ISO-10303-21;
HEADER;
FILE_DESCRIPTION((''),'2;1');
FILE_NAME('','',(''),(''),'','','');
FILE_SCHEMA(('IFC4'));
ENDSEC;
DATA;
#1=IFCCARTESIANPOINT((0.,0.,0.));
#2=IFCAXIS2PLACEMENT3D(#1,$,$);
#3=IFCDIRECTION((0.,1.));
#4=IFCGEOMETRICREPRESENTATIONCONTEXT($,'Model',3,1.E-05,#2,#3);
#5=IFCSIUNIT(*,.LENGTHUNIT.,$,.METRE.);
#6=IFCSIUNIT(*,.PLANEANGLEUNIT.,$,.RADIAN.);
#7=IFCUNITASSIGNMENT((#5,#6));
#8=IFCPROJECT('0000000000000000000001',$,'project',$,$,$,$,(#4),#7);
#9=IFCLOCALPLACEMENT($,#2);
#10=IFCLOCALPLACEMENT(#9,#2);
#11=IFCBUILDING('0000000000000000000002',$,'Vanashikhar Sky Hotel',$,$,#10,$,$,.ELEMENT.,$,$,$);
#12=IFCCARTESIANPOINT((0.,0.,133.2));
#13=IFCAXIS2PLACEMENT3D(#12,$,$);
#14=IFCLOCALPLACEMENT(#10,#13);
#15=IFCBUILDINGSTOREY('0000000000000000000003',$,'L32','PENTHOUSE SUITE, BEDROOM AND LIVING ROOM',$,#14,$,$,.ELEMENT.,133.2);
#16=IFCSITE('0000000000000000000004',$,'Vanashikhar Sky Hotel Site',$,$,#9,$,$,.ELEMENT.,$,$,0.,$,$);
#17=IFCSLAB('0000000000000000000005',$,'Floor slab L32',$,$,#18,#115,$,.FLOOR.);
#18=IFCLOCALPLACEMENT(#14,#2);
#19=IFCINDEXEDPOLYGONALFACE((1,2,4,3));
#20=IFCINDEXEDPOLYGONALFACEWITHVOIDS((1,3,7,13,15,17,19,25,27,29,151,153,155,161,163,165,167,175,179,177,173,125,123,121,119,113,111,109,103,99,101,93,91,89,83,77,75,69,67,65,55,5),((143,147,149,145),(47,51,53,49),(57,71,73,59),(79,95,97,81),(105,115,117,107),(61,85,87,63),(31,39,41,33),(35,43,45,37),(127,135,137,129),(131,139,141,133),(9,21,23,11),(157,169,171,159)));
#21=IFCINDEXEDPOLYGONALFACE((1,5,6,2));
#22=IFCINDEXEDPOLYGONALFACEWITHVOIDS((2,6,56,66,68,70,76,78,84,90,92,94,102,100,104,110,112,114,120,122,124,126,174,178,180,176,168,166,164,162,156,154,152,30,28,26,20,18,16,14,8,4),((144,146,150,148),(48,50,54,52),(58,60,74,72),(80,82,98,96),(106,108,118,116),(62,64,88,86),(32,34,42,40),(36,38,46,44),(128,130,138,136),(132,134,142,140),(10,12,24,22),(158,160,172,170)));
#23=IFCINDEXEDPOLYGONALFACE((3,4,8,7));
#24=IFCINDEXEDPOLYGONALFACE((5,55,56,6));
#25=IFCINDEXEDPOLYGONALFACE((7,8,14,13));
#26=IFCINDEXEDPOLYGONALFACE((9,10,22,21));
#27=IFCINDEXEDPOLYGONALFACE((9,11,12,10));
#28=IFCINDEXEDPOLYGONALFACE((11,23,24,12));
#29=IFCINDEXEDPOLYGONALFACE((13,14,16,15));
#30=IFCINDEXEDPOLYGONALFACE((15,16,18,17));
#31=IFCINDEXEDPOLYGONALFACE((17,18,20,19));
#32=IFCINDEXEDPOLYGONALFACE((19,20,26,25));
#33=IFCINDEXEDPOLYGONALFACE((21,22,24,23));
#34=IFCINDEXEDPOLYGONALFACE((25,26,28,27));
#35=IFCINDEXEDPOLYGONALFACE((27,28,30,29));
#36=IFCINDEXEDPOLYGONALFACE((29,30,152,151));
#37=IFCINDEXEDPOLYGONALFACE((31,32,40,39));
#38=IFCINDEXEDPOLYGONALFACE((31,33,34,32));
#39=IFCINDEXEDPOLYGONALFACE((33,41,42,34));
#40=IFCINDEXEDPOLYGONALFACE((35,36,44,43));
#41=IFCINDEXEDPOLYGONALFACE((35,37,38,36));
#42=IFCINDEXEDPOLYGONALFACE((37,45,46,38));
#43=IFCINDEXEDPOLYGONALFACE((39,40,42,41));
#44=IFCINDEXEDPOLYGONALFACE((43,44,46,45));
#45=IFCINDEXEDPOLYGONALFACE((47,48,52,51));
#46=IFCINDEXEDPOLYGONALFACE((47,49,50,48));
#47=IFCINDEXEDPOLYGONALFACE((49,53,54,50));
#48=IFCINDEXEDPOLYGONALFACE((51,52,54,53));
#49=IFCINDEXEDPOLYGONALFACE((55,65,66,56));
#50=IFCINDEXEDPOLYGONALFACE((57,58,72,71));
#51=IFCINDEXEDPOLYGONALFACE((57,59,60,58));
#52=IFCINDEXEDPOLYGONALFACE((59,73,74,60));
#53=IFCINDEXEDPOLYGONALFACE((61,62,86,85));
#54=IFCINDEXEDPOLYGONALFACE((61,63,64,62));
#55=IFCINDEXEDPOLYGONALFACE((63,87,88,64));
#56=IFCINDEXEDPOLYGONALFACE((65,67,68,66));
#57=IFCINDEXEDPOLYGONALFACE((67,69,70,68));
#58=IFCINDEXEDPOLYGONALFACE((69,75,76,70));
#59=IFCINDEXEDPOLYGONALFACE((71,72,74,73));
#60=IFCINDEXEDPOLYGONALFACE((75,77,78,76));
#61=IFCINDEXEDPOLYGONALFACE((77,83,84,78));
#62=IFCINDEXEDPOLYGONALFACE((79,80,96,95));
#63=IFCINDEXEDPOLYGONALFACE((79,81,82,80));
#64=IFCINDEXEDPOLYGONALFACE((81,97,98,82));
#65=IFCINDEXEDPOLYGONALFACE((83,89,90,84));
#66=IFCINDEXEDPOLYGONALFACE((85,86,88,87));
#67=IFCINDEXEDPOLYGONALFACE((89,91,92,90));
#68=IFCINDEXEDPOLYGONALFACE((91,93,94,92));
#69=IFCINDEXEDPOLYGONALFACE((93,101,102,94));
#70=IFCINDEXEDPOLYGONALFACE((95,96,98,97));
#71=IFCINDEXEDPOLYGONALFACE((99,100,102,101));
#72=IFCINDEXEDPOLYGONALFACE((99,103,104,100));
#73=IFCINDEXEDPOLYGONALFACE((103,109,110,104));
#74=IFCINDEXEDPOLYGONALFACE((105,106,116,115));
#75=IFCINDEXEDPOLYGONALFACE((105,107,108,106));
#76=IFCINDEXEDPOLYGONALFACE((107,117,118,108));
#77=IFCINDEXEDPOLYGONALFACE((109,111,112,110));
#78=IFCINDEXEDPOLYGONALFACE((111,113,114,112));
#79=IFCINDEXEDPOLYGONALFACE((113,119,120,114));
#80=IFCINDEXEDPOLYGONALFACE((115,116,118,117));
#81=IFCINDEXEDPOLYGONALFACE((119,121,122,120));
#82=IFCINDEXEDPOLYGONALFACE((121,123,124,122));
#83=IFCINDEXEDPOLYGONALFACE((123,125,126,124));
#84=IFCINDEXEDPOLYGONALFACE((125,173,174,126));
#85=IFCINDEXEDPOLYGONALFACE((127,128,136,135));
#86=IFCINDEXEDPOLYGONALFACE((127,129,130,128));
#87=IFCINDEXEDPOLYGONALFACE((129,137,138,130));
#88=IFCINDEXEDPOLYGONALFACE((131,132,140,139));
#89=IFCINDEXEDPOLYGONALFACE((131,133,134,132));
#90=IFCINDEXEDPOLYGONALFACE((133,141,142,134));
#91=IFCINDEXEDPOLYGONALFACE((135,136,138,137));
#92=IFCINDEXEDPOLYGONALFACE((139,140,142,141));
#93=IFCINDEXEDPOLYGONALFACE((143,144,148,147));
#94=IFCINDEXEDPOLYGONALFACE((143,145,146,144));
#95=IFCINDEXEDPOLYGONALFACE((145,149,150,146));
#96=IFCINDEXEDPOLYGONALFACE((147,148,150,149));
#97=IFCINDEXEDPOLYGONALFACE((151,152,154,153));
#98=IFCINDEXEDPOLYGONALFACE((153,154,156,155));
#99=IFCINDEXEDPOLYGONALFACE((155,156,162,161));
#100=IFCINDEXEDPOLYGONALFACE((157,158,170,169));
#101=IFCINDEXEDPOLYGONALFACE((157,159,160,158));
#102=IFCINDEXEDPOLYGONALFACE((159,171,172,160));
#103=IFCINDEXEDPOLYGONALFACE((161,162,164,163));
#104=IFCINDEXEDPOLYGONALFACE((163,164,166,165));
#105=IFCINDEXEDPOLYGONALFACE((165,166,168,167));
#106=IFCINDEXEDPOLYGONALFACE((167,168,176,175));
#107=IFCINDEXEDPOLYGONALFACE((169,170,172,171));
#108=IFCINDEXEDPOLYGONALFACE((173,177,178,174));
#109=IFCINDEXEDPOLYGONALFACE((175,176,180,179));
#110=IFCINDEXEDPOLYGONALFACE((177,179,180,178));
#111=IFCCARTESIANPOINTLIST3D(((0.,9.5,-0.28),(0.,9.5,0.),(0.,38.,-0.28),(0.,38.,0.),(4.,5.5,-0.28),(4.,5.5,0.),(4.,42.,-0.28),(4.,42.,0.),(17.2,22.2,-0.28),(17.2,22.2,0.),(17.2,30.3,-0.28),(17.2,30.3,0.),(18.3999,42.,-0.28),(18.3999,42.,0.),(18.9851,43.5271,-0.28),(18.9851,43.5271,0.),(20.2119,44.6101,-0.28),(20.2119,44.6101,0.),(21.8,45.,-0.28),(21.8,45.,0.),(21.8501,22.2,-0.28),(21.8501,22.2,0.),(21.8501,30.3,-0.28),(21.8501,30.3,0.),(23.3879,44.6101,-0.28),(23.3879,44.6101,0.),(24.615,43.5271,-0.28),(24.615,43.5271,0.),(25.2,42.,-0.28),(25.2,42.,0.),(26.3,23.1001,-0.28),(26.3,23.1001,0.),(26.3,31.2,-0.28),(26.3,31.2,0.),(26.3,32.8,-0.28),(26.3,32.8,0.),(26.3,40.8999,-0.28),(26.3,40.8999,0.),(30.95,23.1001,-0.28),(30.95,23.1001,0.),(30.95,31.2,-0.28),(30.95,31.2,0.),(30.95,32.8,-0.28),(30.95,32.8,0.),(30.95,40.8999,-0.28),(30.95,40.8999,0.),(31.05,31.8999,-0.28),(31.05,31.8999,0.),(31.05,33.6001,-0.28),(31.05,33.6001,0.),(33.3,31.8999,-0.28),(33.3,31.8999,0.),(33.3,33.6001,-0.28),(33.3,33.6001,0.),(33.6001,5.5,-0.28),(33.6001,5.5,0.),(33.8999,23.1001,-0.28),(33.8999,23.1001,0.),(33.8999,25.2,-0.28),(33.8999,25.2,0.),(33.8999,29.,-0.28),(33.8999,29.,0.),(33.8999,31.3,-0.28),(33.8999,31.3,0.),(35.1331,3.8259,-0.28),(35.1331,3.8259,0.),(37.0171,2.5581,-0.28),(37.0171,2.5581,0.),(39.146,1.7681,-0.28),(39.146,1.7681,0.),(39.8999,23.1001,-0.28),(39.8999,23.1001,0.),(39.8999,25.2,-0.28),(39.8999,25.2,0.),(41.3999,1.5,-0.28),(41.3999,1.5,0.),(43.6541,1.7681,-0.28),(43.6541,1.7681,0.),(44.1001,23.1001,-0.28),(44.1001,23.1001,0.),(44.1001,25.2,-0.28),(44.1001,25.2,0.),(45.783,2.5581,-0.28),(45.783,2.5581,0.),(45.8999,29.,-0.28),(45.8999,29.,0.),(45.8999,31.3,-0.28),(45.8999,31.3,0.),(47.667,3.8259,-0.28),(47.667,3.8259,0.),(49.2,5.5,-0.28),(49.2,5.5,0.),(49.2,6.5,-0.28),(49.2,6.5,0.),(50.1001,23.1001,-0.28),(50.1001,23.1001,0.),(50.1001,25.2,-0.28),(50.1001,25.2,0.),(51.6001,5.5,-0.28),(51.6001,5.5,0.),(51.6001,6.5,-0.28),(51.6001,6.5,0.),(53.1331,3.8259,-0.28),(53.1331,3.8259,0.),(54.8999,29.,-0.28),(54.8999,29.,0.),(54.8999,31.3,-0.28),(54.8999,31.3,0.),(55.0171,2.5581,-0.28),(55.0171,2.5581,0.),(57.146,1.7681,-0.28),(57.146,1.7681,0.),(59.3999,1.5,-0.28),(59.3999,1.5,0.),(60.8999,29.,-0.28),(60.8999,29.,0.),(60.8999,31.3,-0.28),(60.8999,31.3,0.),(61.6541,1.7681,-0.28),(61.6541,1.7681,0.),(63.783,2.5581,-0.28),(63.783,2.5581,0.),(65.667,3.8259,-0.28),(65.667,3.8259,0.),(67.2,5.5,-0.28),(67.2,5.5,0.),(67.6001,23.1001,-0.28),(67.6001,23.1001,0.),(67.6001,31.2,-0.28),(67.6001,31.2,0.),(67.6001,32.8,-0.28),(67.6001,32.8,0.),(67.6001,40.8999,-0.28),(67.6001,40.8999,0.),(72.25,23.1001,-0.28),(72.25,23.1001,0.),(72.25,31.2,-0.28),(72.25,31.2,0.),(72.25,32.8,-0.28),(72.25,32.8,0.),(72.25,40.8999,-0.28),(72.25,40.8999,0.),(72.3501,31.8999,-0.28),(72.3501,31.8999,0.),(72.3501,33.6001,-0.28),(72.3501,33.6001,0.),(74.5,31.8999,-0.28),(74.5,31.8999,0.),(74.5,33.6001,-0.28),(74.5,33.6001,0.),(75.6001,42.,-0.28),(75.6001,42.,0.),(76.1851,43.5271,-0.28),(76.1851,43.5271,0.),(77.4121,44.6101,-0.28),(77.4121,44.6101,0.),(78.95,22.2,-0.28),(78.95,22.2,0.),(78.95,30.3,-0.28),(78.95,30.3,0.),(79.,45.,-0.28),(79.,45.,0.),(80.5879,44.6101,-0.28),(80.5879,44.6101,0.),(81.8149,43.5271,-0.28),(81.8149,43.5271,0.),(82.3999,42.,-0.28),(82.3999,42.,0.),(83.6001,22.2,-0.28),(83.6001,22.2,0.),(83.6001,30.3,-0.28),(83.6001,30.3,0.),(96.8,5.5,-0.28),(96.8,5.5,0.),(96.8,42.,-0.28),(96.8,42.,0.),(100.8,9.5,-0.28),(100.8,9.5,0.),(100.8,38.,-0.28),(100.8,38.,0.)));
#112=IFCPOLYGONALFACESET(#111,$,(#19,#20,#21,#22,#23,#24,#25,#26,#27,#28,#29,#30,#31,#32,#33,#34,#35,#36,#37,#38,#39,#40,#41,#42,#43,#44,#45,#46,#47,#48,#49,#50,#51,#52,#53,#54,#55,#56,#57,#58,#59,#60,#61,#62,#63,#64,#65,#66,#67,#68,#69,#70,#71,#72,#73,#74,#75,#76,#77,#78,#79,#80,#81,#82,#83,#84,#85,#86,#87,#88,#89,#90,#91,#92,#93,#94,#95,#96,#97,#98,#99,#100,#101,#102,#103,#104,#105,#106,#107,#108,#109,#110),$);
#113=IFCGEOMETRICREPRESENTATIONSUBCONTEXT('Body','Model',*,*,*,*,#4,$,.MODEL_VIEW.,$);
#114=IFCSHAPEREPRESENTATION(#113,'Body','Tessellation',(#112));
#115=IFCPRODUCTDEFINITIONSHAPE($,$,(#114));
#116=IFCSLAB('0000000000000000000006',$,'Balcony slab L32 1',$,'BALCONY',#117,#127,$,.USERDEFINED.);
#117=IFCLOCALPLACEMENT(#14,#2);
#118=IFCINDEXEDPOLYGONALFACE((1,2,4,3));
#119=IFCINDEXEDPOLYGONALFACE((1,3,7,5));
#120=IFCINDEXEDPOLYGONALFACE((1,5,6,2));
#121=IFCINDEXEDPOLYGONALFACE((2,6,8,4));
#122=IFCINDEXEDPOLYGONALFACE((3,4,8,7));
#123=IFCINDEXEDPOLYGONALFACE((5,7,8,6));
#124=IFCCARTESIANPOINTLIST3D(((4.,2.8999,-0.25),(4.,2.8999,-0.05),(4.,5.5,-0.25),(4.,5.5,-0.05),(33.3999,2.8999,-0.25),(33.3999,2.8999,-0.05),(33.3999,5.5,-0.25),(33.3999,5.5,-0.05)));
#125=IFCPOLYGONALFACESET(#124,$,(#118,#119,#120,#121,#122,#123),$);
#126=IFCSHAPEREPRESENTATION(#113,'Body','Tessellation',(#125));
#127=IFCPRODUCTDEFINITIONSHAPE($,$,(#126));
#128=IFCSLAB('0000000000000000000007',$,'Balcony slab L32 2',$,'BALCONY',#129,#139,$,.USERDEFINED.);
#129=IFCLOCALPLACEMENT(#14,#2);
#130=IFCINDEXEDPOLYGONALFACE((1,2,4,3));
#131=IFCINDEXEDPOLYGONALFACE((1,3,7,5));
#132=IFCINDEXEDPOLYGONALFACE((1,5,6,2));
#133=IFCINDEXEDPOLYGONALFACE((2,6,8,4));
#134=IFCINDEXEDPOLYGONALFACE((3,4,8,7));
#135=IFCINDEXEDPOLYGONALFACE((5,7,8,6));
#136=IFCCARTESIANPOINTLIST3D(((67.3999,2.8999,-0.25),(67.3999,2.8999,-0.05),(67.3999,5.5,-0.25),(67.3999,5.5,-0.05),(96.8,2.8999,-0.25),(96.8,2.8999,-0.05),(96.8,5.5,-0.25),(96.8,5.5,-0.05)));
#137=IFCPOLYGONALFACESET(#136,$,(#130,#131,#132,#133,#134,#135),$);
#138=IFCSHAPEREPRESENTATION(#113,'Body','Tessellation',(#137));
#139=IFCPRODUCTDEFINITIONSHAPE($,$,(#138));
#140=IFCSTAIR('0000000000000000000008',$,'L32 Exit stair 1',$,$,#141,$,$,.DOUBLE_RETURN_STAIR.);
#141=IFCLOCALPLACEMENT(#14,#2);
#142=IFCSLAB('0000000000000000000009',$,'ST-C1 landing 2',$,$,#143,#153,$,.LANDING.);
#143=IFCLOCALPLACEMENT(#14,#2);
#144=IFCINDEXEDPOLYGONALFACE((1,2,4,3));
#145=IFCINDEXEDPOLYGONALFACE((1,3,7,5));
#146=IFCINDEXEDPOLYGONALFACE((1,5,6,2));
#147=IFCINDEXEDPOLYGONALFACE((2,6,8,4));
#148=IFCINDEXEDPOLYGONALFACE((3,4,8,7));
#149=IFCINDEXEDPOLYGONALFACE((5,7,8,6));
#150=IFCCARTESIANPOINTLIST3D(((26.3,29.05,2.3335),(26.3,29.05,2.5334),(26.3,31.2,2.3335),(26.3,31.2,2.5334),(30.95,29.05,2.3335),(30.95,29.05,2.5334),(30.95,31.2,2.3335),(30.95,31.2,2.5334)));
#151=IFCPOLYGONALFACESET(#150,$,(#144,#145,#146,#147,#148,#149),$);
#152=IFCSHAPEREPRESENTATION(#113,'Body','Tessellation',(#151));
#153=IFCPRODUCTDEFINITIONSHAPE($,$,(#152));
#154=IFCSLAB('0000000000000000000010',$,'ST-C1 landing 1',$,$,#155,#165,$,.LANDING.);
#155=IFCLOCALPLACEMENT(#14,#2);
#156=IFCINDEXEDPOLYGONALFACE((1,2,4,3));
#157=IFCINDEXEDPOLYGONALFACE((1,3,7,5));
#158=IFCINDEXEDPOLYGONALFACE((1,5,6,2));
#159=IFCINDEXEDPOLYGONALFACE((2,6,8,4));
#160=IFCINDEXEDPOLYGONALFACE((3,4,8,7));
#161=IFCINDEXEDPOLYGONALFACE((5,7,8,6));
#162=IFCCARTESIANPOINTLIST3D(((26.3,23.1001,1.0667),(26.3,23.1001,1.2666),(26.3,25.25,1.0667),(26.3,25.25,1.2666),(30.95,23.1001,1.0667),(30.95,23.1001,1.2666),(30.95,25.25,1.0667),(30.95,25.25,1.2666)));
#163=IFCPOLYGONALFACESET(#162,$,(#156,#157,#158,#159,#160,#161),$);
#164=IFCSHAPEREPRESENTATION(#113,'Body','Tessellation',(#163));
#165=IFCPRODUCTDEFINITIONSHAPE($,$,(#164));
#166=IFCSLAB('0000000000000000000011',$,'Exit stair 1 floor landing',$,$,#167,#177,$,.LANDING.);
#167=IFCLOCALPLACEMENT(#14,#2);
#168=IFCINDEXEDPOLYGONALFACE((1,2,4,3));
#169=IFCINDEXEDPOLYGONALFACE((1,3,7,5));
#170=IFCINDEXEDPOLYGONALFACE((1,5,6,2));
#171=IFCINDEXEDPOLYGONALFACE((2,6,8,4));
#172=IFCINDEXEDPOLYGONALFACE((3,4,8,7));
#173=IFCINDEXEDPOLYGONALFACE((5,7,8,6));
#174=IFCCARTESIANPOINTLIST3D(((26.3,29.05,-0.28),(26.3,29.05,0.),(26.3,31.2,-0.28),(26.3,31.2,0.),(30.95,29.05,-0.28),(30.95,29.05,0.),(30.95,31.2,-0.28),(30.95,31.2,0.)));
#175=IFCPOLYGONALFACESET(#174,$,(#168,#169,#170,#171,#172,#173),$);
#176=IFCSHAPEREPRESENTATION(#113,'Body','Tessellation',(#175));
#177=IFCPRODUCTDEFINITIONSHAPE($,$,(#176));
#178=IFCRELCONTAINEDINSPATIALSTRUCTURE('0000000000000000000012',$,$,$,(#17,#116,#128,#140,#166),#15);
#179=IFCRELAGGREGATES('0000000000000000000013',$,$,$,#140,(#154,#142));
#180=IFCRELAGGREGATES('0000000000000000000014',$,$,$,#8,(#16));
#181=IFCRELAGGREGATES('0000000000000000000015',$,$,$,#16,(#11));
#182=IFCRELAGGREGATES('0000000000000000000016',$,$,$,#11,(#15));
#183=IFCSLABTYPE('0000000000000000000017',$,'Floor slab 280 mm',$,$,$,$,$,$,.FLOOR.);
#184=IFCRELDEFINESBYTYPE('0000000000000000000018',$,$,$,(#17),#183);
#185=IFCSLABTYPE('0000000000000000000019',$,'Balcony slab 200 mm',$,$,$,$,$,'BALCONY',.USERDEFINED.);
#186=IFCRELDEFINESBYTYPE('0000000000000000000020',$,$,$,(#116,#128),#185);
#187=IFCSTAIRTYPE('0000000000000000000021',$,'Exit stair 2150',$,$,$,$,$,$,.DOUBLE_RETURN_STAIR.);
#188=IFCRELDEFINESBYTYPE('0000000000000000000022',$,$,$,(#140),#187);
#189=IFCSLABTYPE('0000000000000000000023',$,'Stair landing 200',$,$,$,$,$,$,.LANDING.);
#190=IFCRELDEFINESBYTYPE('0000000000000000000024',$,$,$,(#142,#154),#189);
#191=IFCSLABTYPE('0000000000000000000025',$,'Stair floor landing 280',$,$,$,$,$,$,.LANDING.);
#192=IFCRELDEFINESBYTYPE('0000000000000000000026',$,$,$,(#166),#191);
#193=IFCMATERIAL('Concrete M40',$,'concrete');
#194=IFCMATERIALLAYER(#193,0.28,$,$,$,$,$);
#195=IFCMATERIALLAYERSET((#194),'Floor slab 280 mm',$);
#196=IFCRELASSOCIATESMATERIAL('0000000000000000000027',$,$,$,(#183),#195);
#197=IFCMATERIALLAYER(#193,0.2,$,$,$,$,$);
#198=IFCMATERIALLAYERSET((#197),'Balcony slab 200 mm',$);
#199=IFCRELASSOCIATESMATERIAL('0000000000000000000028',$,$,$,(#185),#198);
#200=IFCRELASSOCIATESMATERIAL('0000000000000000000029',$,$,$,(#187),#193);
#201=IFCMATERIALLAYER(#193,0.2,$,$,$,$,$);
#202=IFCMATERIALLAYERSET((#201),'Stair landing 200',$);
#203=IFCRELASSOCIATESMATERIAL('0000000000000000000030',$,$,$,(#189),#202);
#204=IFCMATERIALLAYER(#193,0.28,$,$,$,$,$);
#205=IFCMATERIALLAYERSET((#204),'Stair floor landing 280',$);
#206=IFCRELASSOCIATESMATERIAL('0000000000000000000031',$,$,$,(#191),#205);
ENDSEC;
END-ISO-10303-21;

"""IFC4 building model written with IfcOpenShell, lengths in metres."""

from ifc_helpers import new_model, si_unit, direction, frame, origin, place, context, subcontext, project, spatial, polyline, outline, extrude, source, transform, mapped, material, layer, layer_set, type_object, element, aggregate, save


model = new_model("IFC4")

# Units and contexts
model_context = context("Model", 3, precision=1e-05, world=origin(), true_north=direction((0.0, 1.0)))
body_context = subcontext(model_context, "Body", "Model", "MODEL_VIEW")
ifc_project = project(units=[si_unit("LENGTHUNIT", "METRE"), si_unit("PLANEANGLEUNIT", "RADIAN")], contexts=[model_context])

# Site, building, storey
site_placement = place(None, origin())
site = spatial("IfcSite", under=ifc_project, at=site_placement, Name="Vanashikhar Sky Hotel Site", CompositionType="ELEMENT", RefElevation=0.0)
building_placement = place(site_placement, origin())
building = spatial("IfcBuilding", under=site, at=building_placement, Name="Vanashikhar Sky Hotel", CompositionType="ELEMENT")
storey_placement = place(building_placement, frame((0.0, 0.0, 133.2)))
storey = spatial("IfcBuildingStorey", under=building, at=storey_placement, Name="L32", Description="PENTHOUSE SUITE, BEDROOM AND LIVING ROOM", CompositionType="ELEMENT", Elevation=133.2)

# Slabs
ifc_material_1 = material(Name="Concrete M40", Category="concrete")
ifc_layer_1 = layer(ifc_material_1, 0.28)
ifc_layer_set_1 = layer_set([ifc_layer_1], Name="Floor slab 280 mm")
slab_type_1 = type_object("IfcSlabType", Name="Floor slab 280 mm", PredefinedType="FLOOR", material=ifc_layer_set_1)
shared_shape_1 = source(origin(), body_context, "Body", "SweptSolid", [
    extrude(outline(polyline([(49.2, 5.5), (49.2, 6.5), (51.6001, 6.5), (51.6001, 5.5), (53.1331, 3.8259), (55.0171, 2.5581), (57.146, 1.7681), (59.3999, 1.5), (61.6541, 1.7681), (63.783, 2.5581), (65.667, 3.8259), (67.2, 5.5), (96.8, 5.5), (100.8, 9.5), (100.8, 38.0), (96.8, 42.0), (82.3999, 42.0), (81.8149, 43.5271), (80.5879, 44.6101), (79.0, 45.0), (77.4121, 44.6101), (76.1851, 43.5271), (75.6001, 42.0), (25.2, 42.0), (24.615, 43.5271), (23.3879, 44.6101), (21.8, 45.0), (20.2119, 44.6101), (18.9851, 43.5271), (18.3999, 42.0), (4.0, 42.0), (0.0, 38.0), (0.0, 9.5), (4.0, 5.5), (33.6001, 5.5), (35.1331, 3.8259), (37.0171, 2.5581), (39.146, 1.7681), (41.3999, 1.5), (43.6541, 1.7681), (45.783, 2.5581), (47.667, 3.8259), (49.2, 5.5)]), holes=[polyline([(33.3, 33.6001), (31.05, 33.6001), (31.05, 31.8999), (33.3, 31.8999), (33.3, 33.6001)]), polyline([(33.8999, 25.2), (33.8999, 23.1001), (39.8999, 23.1001), (39.8999, 25.2), (33.8999, 25.2)]), polyline([(33.8999, 31.3), (33.8999, 29.0), (45.8999, 29.0), (45.8999, 31.3), (33.8999, 31.3)]), polyline([(44.1001, 25.2), (44.1001, 23.1001), (50.1001, 23.1001), (50.1001, 25.2), (44.1001, 25.2)]), polyline([(54.8999, 31.3), (54.8999, 29.0), (60.8999, 29.0), (60.8999, 31.3), (54.8999, 31.3)]), polyline([(74.5, 33.6001), (72.3501, 33.6001), (72.3501, 31.8999), (74.5, 31.8999), (74.5, 33.6001)]), polyline([(30.95, 23.1001), (30.95, 31.2), (26.3, 31.2), (26.3, 23.1001), (30.95, 23.1001)]), polyline([(72.25, 23.1001), (72.25, 31.2), (67.6001, 31.2), (67.6001, 23.1001), (72.25, 23.1001)]), polyline([(30.95, 32.8), (30.95, 40.8999), (26.3, 40.8999), (26.3, 32.8), (30.95, 32.8)]), polyline([(72.25, 32.8), (72.25, 40.8999), (67.6001, 40.8999), (67.6001, 32.8), (72.25, 32.8)]), polyline([(83.6001, 22.2), (83.6001, 30.3), (78.95, 30.3), (78.95, 22.2), (83.6001, 22.2)]), polyline([(21.8501, 22.2), (21.8501, 30.3), (17.2, 30.3), (17.2, 22.2), (21.8501, 22.2)])]), origin(), (0.0, 0.0, 1.0), 0.28),
])
slab_1_placement = place(storey_placement, frame((0.0, 0.0, -0.28)))
element("IfcSlab", 1, at=slab_1_placement, inside=storey, type_object=slab_type_1, Name="Floor slab L32", PredefinedType="FLOOR", context=body_context, shape_type="MappedRepresentation", body=[
    mapped(shared_shape_1, transform((0.0, 0.0, 0.0), scale=1.0)),
])
ifc_layer_2 = layer(ifc_material_1, 0.2)
ifc_layer_set_2 = layer_set([ifc_layer_2], Name="Balcony slab 200 mm")
slab_type_2 = type_object("IfcSlabType", Name="Balcony slab 200 mm", ElementType="BALCONY", PredefinedType="USERDEFINED", material=ifc_layer_set_2)
shared_shape_2 = source(origin(), body_context, "Body", "SweptSolid", [
    extrude(outline(polyline([(4.0, 2.8999), (33.3999, 2.8999), (33.3999, 5.5), (4.0, 5.5), (4.0, 2.8999)])), origin(), (0.0, 0.0, 1.0), 0.2),
])
slab_2_placement = place(storey_placement, frame((0.0, 0.0, -0.25)))
element("IfcSlab", 2, at=slab_2_placement, inside=storey, type_object=slab_type_2, Name="Balcony slab L32 1", ObjectType="BALCONY", PredefinedType="USERDEFINED", context=body_context, shape_type="MappedRepresentation", body=[
    mapped(shared_shape_2, transform((0.0, 0.0, 0.0), scale=1.0)),
])
shared_shape_3 = source(origin(), body_context, "Body", "SweptSolid", [
    extrude(outline(polyline([(67.3999, 2.8999), (96.8, 2.8999), (96.8, 5.5), (67.3999, 5.5), (67.3999, 2.8999)])), origin(), (0.0, 0.0, 1.0), 0.2),
])
slab_3_placement = place(storey_placement, frame((0.0, 0.0, -0.25)))
element("IfcSlab", 3, at=slab_3_placement, inside=storey, type_object=slab_type_2, Name="Balcony slab L32 2", ObjectType="BALCONY", PredefinedType="USERDEFINED", context=body_context, shape_type="MappedRepresentation", body=[
    mapped(shared_shape_3, transform((0.0, 0.0, 0.0), scale=1.0)),
])

# Stair, slabs
stair_type = type_object("IfcStairType", Name="Exit stair 2150", PredefinedType="DOUBLE_RETURN_STAIR", material=ifc_material_1)
stair_1_placement = place(storey_placement, origin())
stair_1 = element("IfcStair", 4, at=stair_1_placement, inside=storey, type_object=stair_type, Name="L32 Exit stair 1", PredefinedType="DOUBLE_RETURN_STAIR")
ifc_layer_3 = layer(ifc_material_1, 0.2)
ifc_layer_set_3 = layer_set([ifc_layer_3], Name="Stair landing 200")
slab_type_3 = type_object("IfcSlabType", Name="Stair landing 200", PredefinedType="LANDING", material=ifc_layer_set_3)
shared_shape_4 = source(origin(), body_context, "Body", "SweptSolid", [
    extrude(outline(polyline([(30.95, 29.05), (30.95, 31.2), (26.3, 31.2), (26.3, 29.05), (30.95, 29.05)])), origin(), (0.0, 0.0, 1.0), 0.2),
])
slab_4_placement = place(storey_placement, frame((0.0, 0.0, 2.3335)))
slab_4 = element("IfcSlab", 5, at=slab_4_placement, type_object=slab_type_3, Name="ST-C1 landing 2", PredefinedType="LANDING", context=body_context, shape_type="MappedRepresentation", body=[
    mapped(shared_shape_4, transform((0.0, 0.0, 0.0), scale=1.0)),
])
shared_shape_5 = source(origin(), body_context, "Body", "SweptSolid", [
    extrude(outline(polyline([(30.95, 23.1001), (30.95, 25.25), (26.3, 25.25), (26.3, 23.1001), (30.95, 23.1001)])), origin(), (0.0, 0.0, 1.0), 0.2),
])
slab_5_placement = place(storey_placement, frame((0.0, 0.0, 1.0667)))
slab_5 = element("IfcSlab", 6, at=slab_5_placement, type_object=slab_type_3, Name="ST-C1 landing 1", PredefinedType="LANDING", context=body_context, shape_type="MappedRepresentation", body=[
    mapped(shared_shape_5, transform((0.0, 0.0, 0.0), scale=1.0)),
])
aggregate(stair_1, [slab_5, slab_4])

# Slab
ifc_layer_4 = layer(ifc_material_1, 0.28)
ifc_layer_set_4 = layer_set([ifc_layer_4], Name="Stair floor landing 280")
slab_type_4 = type_object("IfcSlabType", Name="Stair floor landing 280", PredefinedType="LANDING", material=ifc_layer_set_4)
shared_shape_6 = source(origin(), body_context, "Body", "SweptSolid", [
    extrude(outline(polyline([(30.95, 29.05), (30.95, 31.2), (26.3, 31.2), (26.3, 29.05), (30.95, 29.05)])), origin(), (0.0, 0.0, 1.0), 0.28),
])
slab_6_placement = place(storey_placement, frame((0.0, 0.0, -0.28)))
element("IfcSlab", 7, at=slab_6_placement, inside=storey, type_object=slab_type_4, Name="Exit stair 1 floor landing", PredefinedType="LANDING", context=body_context, shape_type="MappedRepresentation", body=[
    mapped(shared_shape_6, transform((0.0, 0.0, 0.0), scale=1.0)),
])

save(model, "model.ifc")
